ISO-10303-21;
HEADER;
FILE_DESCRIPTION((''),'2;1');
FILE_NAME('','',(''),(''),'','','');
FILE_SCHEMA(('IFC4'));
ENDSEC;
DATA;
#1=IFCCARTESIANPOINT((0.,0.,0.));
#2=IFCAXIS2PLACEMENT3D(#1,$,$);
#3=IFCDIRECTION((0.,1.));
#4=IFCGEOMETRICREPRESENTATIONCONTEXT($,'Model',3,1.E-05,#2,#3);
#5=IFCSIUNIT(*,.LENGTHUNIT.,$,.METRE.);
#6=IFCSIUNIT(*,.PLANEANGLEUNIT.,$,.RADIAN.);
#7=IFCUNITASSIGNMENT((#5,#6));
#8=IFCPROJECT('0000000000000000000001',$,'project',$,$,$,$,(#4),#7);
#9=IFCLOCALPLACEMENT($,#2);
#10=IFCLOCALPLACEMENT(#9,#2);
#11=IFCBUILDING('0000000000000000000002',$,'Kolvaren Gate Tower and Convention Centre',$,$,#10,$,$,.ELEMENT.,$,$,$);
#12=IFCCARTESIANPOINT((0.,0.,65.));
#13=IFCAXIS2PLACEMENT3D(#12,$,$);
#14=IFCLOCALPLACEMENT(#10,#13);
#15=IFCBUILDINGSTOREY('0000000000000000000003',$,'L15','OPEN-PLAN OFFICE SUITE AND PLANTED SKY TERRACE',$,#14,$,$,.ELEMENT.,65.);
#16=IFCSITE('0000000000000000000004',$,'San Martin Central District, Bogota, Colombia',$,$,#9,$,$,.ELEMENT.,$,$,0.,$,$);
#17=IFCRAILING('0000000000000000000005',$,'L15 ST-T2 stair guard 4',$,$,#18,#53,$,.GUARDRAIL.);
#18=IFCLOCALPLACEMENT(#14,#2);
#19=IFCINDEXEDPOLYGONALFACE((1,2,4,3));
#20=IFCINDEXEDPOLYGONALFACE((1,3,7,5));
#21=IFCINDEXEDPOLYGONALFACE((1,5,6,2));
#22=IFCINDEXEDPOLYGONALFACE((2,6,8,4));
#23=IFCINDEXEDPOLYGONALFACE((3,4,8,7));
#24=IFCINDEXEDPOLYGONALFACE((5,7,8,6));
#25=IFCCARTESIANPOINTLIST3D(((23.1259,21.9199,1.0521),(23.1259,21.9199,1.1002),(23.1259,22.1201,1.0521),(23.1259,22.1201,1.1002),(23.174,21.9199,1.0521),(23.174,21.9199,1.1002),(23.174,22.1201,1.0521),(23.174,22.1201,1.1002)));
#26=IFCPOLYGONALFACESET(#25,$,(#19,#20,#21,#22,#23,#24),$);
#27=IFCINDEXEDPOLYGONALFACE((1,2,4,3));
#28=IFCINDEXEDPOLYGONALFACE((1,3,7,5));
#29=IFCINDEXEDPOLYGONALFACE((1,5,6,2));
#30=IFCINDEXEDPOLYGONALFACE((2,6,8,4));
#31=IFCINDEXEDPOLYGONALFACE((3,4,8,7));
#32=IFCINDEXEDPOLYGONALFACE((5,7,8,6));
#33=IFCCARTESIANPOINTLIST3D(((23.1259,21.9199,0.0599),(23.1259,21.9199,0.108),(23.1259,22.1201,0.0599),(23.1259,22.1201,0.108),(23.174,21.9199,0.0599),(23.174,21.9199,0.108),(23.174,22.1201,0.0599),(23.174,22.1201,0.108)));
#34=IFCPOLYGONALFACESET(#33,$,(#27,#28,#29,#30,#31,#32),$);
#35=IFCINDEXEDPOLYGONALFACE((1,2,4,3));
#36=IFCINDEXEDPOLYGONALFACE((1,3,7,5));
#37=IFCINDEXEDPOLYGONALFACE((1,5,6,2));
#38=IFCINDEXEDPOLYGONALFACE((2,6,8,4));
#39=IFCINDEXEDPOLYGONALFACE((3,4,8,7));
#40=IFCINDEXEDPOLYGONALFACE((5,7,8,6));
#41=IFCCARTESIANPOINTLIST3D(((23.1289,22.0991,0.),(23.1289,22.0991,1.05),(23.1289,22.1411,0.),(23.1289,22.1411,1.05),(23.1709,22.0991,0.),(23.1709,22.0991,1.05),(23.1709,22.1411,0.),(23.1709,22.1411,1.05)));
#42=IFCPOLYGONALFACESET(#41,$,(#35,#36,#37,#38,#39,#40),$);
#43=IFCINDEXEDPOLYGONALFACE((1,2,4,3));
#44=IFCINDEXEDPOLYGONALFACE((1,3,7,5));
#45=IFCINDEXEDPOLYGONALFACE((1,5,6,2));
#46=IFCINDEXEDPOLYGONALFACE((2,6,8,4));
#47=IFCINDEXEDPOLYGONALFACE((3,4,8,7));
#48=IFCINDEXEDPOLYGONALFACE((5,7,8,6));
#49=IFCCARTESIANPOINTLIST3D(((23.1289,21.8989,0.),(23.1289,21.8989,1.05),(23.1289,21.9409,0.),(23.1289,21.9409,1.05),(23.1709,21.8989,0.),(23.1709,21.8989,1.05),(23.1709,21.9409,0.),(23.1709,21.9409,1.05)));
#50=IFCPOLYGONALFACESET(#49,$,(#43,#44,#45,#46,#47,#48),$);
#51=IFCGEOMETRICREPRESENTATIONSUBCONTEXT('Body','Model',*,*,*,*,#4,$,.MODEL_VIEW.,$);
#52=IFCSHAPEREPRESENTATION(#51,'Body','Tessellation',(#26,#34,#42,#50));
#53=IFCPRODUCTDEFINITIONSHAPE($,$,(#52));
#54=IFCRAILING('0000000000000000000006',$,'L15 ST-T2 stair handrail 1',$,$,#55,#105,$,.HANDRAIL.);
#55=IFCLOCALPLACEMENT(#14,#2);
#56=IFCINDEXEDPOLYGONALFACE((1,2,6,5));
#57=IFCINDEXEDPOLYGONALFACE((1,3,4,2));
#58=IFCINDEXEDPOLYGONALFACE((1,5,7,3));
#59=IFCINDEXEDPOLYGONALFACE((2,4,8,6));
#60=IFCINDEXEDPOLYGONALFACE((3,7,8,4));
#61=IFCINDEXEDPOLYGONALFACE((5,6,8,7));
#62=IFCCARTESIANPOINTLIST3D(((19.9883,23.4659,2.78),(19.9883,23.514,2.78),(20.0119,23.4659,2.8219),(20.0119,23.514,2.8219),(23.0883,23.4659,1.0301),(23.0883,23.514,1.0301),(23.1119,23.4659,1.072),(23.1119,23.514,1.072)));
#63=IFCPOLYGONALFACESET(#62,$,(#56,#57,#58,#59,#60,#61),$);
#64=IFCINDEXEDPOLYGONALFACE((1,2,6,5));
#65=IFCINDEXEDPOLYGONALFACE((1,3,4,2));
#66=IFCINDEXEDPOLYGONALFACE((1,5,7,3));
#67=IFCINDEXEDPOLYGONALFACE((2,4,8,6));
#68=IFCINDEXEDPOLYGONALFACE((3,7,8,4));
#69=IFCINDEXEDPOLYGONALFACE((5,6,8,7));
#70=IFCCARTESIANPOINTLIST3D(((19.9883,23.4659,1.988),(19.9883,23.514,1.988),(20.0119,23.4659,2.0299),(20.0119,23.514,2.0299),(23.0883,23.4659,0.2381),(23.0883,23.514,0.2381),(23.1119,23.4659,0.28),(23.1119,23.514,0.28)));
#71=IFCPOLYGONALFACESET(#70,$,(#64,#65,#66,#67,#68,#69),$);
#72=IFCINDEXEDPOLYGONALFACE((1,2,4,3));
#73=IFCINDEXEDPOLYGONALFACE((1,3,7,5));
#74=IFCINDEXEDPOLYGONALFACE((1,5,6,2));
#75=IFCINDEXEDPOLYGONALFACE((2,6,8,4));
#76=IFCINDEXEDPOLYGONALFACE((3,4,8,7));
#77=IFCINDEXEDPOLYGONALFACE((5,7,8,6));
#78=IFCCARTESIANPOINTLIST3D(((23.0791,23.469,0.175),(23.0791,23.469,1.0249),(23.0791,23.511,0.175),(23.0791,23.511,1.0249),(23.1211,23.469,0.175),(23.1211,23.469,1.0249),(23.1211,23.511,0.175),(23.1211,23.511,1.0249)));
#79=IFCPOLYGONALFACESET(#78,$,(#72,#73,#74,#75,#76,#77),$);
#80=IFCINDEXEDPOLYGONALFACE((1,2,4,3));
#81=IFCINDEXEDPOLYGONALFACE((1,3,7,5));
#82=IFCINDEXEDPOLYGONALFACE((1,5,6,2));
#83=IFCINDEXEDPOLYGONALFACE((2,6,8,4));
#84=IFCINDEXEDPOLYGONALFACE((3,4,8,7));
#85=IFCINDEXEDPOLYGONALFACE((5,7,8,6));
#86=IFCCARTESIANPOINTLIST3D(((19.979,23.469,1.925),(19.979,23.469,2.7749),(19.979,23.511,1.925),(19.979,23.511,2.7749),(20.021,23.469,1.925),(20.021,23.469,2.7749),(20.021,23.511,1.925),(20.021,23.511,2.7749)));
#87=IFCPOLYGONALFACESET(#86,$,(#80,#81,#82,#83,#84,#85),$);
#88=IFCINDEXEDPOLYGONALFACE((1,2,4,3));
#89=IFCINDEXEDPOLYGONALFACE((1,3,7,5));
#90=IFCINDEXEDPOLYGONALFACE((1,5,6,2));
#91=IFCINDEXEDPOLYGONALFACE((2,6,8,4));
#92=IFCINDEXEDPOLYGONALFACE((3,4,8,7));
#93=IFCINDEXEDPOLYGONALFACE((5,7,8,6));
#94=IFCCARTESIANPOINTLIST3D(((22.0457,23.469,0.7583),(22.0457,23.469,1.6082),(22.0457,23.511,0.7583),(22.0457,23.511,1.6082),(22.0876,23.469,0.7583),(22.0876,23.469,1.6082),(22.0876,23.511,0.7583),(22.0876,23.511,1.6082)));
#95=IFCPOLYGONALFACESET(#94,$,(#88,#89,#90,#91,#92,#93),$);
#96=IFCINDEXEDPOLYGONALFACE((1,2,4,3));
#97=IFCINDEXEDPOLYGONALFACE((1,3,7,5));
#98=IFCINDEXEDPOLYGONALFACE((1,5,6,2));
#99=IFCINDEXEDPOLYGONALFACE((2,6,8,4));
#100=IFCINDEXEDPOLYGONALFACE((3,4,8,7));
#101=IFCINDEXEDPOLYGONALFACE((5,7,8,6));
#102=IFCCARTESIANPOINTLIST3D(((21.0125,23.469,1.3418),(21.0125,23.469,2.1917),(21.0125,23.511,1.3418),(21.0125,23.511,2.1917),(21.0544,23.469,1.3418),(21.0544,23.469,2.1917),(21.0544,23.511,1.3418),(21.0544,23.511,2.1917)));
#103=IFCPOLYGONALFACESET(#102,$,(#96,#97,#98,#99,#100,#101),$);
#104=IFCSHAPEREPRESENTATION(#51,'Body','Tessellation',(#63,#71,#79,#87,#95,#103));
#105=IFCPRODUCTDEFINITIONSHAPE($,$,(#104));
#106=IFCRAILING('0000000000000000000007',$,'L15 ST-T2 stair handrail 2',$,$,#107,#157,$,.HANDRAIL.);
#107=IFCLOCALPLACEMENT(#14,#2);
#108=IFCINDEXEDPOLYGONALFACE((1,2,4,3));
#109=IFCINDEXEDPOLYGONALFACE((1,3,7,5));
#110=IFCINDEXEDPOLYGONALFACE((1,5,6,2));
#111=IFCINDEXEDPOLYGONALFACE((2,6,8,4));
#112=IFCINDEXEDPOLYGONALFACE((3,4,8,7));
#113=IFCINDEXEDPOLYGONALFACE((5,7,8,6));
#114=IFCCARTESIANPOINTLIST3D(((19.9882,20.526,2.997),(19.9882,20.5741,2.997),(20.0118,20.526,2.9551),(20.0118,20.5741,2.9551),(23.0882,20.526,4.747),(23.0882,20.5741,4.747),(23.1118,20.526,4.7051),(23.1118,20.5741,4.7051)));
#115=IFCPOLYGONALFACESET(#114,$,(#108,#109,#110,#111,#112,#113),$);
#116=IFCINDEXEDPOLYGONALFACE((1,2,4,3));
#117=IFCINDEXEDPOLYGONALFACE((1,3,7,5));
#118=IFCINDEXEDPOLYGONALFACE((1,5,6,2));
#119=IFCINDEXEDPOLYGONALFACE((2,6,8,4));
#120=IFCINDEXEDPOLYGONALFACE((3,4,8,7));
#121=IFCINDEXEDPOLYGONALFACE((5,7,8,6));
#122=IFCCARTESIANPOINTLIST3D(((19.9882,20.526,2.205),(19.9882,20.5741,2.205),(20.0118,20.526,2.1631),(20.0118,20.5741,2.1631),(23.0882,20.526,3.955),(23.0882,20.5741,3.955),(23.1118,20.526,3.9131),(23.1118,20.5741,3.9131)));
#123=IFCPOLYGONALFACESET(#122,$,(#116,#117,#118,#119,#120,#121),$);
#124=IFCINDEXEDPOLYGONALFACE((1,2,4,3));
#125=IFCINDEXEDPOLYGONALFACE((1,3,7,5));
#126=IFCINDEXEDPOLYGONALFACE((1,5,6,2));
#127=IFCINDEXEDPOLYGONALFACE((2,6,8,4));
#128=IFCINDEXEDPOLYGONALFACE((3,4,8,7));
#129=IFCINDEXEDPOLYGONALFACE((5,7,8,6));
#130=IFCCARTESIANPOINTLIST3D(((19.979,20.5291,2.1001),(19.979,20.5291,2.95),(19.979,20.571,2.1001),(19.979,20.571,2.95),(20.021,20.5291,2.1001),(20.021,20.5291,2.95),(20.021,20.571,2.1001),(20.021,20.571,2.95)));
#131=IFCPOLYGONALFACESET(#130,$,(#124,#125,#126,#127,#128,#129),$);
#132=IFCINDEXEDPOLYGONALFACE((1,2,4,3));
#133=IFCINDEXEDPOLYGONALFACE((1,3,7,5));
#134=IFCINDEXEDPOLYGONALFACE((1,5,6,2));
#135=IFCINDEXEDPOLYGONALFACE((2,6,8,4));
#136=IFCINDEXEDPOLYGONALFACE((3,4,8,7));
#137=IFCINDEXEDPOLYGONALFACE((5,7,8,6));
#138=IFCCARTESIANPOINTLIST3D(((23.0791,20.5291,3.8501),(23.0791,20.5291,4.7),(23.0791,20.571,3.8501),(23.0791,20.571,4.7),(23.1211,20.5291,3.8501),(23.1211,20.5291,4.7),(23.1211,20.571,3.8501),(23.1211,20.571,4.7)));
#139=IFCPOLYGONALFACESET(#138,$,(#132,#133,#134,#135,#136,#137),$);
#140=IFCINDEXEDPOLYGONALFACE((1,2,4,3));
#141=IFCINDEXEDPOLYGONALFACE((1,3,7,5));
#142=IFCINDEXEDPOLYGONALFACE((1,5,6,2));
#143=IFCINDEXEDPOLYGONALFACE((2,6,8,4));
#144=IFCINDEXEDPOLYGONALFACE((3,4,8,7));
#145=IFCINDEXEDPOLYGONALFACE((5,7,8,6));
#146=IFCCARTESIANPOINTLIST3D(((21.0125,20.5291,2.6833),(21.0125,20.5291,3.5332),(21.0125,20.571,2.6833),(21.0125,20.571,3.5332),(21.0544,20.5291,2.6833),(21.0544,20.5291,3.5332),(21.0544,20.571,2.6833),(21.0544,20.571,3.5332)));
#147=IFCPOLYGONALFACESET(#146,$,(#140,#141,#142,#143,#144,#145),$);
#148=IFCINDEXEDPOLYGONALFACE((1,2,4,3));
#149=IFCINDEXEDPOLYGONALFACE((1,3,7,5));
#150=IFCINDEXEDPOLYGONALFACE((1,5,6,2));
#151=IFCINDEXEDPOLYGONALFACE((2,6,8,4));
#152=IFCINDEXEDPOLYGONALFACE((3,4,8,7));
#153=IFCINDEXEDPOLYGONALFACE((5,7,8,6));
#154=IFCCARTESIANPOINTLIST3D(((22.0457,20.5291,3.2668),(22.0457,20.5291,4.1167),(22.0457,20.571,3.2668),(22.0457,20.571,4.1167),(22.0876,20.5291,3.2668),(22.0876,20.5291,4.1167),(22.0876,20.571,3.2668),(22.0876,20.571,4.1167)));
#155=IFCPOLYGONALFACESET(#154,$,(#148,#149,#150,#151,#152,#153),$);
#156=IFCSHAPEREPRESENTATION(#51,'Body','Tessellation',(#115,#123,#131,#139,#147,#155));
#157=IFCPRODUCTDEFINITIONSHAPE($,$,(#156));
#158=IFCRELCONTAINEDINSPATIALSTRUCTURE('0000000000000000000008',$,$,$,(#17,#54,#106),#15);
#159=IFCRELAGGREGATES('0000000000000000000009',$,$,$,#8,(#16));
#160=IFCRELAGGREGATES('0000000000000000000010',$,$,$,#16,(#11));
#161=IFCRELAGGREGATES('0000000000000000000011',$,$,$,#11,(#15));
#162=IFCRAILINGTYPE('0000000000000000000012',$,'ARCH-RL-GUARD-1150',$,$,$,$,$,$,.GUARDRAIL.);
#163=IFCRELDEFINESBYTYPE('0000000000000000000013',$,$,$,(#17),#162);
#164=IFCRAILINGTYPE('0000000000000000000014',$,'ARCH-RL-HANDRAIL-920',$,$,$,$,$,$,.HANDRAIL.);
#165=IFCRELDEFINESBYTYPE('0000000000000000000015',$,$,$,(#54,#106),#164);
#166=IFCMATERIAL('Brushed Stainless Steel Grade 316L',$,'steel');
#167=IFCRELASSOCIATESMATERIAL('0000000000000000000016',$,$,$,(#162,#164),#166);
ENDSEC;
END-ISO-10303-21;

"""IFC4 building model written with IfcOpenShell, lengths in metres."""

from ifc_helpers import new_model, si_unit, direction, frame, origin, origin_2d, place, context, subcontext, project, spatial, rectangle, extrude, material, type_object, element, save


model = new_model("IFC4")

# Units and contexts
model_context = context("Model", 3, precision=1e-05, world=origin(), true_north=direction((0.0, 1.0)))
body_context = subcontext(model_context, "Body", "Model", "MODEL_VIEW")
ifc_project = project(units=[si_unit("LENGTHUNIT", "METRE"), si_unit("PLANEANGLEUNIT", "RADIAN")], contexts=[model_context])

# Site, building, storey
site_placement = place(None, origin())
site = spatial("IfcSite", under=ifc_project, at=site_placement, Name="San Martin Central District, Bogota, Colombia", CompositionType="ELEMENT", RefElevation=0.0)
building_placement = place(site_placement, origin())
building = spatial("IfcBuilding", under=site, at=building_placement, Name="Kolvaren Gate Tower and Convention Centre", CompositionType="ELEMENT")
storey_placement = place(building_placement, frame((0.0, 0.0, 65.0)))
storey = spatial("IfcBuildingStorey", under=building, at=storey_placement, Name="L15", Description="OPEN-PLAN OFFICE SUITE AND PLANTED SKY TERRACE", CompositionType="ELEMENT", Elevation=65.0)

# Shared definitions
ifc_material_1 = material(Name="Brushed Stainless Steel Grade 316L", Category="steel")

# Railings
railing_type_1 = type_object("IfcRailingType", Name="ARCH-RL-GUARD-1150", PredefinedType="GUARDRAIL", material=ifc_material_1)
railing_1_placement = place(storey_placement, frame((23.1499, 22.1201, 0.0)))
element("IfcRailing", 1, at=railing_1_placement, inside=storey, type_object=railing_type_1, Name="L15 ST-T2 stair guard 4", PredefinedType="GUARDRAIL", context=body_context, shape_type="SweptSolid", body=[
    extrude(rectangle(XDim=0.0481, YDim=0.0481, at=origin_2d()), frame((0.0, 0.0, 1.0762), z_axis=(0.0, -1.0, 0.0), x_axis=(1.0, 0.0, 0.0)), (0.0, 0.0, 1.0), 0.2002),
    extrude(rectangle(XDim=0.0481, YDim=0.0481, at=origin_2d()), frame((0.0, 0.0, 0.084), z_axis=(0.0, -1.0, 0.0), x_axis=(1.0, 0.0, 0.0)), (0.0, 0.0, 1.0), 0.2002),
    extrude(rectangle(XDim=0.042, YDim=0.042, at=origin_2d()), origin(), (0.0, 0.0, 1.0), 1.05),
    extrude(rectangle(XDim=0.042, YDim=0.042, at=origin_2d()), frame((0.0, -0.2002, 0.0)), (0.0, 0.0, 1.0), 1.05),
])
railing_type_2 = type_object("IfcRailingType", Name="ARCH-RL-HANDRAIL-920", PredefinedType="HANDRAIL", material=ifc_material_1)
railing_2_placement = place(storey_placement, frame((23.1001, 23.49, 0.175)))
element("IfcRailing", 2, at=railing_2_placement, inside=storey, type_object=railing_type_2, Name="L15 ST-T2 stair handrail 1", PredefinedType="HANDRAIL", context=body_context, shape_type="SweptSolid", body=[
    extrude(rectangle(XDim=0.0481, YDim=0.0481, at=origin_2d()), frame((0.0, 0.0, 0.876), z_axis=(-0.870831, 0.0, 0.491583), x_axis=(0.0, -1.0, 0.0)), (0.0, 0.0, 1.0), 3.5598),
    extrude(rectangle(XDim=0.0481, YDim=0.0481, at=origin_2d()), frame((0.0, 0.0, 0.084), z_axis=(-0.870831, 0.0, 0.491583), x_axis=(0.0, -1.0, 0.0)), (0.0, 0.0, 1.0), 3.5598),
    extrude(rectangle(XDim=0.042, YDim=0.042, at=origin_2d()), origin(), (0.0, 0.0, 1.0), 0.8499),
    extrude(rectangle(XDim=0.042, YDim=0.042, at=origin_2d()), frame((-3.1001, 0.0, 1.75)), (0.0, 0.0, 1.0), 0.8499),
    extrude(rectangle(XDim=0.042, YDim=0.042, at=origin_2d()), frame((-1.0334, 0.0, 0.5833)), (0.0, 0.0, 1.0), 0.8499),
    extrude(rectangle(XDim=0.042, YDim=0.042, at=origin_2d()), frame((-2.0667, 0.0, 1.1667)), (0.0, 0.0, 1.0), 0.8499),
])
railing_3_placement = place(storey_placement, frame((20.0, 20.55, 2.1001)))
element("IfcRailing", 3, at=railing_3_placement, inside=storey, type_object=railing_type_2, Name="L15 ST-T2 stair handrail 2", PredefinedType="HANDRAIL", context=body_context, shape_type="SweptSolid", body=[
    extrude(rectangle(XDim=0.0481, YDim=0.0481, at=origin_2d()), frame((0.0, 0.0, 0.876), z_axis=(0.870831, 0.0, 0.491583), x_axis=(0.0, 1.0, 0.0)), (0.0, 0.0, 1.0), 3.5598),
    extrude(rectangle(XDim=0.0481, YDim=0.0481, at=origin_2d()), frame((0.0, 0.0, 0.084), z_axis=(0.870831, 0.0, 0.491583), x_axis=(0.0, 1.0, 0.0)), (0.0, 0.0, 1.0), 3.5598),
    extrude(rectangle(XDim=0.042, YDim=0.042, at=origin_2d()), origin(), (0.0, 0.0, 1.0), 0.8499),
    extrude(rectangle(XDim=0.042, YDim=0.042, at=origin_2d()), frame((3.1001, 0.0, 1.75)), (0.0, 0.0, 1.0), 0.8499),
    extrude(rectangle(XDim=0.042, YDim=0.042, at=origin_2d()), frame((1.0334, 0.0, 0.5833)), (0.0, 0.0, 1.0), 0.8499),
    extrude(rectangle(XDim=0.042, YDim=0.042, at=origin_2d()), frame((2.0667, 0.0, 1.1667)), (0.0, 0.0, 1.0), 0.8499),
])

save(model, "model.ifc")
